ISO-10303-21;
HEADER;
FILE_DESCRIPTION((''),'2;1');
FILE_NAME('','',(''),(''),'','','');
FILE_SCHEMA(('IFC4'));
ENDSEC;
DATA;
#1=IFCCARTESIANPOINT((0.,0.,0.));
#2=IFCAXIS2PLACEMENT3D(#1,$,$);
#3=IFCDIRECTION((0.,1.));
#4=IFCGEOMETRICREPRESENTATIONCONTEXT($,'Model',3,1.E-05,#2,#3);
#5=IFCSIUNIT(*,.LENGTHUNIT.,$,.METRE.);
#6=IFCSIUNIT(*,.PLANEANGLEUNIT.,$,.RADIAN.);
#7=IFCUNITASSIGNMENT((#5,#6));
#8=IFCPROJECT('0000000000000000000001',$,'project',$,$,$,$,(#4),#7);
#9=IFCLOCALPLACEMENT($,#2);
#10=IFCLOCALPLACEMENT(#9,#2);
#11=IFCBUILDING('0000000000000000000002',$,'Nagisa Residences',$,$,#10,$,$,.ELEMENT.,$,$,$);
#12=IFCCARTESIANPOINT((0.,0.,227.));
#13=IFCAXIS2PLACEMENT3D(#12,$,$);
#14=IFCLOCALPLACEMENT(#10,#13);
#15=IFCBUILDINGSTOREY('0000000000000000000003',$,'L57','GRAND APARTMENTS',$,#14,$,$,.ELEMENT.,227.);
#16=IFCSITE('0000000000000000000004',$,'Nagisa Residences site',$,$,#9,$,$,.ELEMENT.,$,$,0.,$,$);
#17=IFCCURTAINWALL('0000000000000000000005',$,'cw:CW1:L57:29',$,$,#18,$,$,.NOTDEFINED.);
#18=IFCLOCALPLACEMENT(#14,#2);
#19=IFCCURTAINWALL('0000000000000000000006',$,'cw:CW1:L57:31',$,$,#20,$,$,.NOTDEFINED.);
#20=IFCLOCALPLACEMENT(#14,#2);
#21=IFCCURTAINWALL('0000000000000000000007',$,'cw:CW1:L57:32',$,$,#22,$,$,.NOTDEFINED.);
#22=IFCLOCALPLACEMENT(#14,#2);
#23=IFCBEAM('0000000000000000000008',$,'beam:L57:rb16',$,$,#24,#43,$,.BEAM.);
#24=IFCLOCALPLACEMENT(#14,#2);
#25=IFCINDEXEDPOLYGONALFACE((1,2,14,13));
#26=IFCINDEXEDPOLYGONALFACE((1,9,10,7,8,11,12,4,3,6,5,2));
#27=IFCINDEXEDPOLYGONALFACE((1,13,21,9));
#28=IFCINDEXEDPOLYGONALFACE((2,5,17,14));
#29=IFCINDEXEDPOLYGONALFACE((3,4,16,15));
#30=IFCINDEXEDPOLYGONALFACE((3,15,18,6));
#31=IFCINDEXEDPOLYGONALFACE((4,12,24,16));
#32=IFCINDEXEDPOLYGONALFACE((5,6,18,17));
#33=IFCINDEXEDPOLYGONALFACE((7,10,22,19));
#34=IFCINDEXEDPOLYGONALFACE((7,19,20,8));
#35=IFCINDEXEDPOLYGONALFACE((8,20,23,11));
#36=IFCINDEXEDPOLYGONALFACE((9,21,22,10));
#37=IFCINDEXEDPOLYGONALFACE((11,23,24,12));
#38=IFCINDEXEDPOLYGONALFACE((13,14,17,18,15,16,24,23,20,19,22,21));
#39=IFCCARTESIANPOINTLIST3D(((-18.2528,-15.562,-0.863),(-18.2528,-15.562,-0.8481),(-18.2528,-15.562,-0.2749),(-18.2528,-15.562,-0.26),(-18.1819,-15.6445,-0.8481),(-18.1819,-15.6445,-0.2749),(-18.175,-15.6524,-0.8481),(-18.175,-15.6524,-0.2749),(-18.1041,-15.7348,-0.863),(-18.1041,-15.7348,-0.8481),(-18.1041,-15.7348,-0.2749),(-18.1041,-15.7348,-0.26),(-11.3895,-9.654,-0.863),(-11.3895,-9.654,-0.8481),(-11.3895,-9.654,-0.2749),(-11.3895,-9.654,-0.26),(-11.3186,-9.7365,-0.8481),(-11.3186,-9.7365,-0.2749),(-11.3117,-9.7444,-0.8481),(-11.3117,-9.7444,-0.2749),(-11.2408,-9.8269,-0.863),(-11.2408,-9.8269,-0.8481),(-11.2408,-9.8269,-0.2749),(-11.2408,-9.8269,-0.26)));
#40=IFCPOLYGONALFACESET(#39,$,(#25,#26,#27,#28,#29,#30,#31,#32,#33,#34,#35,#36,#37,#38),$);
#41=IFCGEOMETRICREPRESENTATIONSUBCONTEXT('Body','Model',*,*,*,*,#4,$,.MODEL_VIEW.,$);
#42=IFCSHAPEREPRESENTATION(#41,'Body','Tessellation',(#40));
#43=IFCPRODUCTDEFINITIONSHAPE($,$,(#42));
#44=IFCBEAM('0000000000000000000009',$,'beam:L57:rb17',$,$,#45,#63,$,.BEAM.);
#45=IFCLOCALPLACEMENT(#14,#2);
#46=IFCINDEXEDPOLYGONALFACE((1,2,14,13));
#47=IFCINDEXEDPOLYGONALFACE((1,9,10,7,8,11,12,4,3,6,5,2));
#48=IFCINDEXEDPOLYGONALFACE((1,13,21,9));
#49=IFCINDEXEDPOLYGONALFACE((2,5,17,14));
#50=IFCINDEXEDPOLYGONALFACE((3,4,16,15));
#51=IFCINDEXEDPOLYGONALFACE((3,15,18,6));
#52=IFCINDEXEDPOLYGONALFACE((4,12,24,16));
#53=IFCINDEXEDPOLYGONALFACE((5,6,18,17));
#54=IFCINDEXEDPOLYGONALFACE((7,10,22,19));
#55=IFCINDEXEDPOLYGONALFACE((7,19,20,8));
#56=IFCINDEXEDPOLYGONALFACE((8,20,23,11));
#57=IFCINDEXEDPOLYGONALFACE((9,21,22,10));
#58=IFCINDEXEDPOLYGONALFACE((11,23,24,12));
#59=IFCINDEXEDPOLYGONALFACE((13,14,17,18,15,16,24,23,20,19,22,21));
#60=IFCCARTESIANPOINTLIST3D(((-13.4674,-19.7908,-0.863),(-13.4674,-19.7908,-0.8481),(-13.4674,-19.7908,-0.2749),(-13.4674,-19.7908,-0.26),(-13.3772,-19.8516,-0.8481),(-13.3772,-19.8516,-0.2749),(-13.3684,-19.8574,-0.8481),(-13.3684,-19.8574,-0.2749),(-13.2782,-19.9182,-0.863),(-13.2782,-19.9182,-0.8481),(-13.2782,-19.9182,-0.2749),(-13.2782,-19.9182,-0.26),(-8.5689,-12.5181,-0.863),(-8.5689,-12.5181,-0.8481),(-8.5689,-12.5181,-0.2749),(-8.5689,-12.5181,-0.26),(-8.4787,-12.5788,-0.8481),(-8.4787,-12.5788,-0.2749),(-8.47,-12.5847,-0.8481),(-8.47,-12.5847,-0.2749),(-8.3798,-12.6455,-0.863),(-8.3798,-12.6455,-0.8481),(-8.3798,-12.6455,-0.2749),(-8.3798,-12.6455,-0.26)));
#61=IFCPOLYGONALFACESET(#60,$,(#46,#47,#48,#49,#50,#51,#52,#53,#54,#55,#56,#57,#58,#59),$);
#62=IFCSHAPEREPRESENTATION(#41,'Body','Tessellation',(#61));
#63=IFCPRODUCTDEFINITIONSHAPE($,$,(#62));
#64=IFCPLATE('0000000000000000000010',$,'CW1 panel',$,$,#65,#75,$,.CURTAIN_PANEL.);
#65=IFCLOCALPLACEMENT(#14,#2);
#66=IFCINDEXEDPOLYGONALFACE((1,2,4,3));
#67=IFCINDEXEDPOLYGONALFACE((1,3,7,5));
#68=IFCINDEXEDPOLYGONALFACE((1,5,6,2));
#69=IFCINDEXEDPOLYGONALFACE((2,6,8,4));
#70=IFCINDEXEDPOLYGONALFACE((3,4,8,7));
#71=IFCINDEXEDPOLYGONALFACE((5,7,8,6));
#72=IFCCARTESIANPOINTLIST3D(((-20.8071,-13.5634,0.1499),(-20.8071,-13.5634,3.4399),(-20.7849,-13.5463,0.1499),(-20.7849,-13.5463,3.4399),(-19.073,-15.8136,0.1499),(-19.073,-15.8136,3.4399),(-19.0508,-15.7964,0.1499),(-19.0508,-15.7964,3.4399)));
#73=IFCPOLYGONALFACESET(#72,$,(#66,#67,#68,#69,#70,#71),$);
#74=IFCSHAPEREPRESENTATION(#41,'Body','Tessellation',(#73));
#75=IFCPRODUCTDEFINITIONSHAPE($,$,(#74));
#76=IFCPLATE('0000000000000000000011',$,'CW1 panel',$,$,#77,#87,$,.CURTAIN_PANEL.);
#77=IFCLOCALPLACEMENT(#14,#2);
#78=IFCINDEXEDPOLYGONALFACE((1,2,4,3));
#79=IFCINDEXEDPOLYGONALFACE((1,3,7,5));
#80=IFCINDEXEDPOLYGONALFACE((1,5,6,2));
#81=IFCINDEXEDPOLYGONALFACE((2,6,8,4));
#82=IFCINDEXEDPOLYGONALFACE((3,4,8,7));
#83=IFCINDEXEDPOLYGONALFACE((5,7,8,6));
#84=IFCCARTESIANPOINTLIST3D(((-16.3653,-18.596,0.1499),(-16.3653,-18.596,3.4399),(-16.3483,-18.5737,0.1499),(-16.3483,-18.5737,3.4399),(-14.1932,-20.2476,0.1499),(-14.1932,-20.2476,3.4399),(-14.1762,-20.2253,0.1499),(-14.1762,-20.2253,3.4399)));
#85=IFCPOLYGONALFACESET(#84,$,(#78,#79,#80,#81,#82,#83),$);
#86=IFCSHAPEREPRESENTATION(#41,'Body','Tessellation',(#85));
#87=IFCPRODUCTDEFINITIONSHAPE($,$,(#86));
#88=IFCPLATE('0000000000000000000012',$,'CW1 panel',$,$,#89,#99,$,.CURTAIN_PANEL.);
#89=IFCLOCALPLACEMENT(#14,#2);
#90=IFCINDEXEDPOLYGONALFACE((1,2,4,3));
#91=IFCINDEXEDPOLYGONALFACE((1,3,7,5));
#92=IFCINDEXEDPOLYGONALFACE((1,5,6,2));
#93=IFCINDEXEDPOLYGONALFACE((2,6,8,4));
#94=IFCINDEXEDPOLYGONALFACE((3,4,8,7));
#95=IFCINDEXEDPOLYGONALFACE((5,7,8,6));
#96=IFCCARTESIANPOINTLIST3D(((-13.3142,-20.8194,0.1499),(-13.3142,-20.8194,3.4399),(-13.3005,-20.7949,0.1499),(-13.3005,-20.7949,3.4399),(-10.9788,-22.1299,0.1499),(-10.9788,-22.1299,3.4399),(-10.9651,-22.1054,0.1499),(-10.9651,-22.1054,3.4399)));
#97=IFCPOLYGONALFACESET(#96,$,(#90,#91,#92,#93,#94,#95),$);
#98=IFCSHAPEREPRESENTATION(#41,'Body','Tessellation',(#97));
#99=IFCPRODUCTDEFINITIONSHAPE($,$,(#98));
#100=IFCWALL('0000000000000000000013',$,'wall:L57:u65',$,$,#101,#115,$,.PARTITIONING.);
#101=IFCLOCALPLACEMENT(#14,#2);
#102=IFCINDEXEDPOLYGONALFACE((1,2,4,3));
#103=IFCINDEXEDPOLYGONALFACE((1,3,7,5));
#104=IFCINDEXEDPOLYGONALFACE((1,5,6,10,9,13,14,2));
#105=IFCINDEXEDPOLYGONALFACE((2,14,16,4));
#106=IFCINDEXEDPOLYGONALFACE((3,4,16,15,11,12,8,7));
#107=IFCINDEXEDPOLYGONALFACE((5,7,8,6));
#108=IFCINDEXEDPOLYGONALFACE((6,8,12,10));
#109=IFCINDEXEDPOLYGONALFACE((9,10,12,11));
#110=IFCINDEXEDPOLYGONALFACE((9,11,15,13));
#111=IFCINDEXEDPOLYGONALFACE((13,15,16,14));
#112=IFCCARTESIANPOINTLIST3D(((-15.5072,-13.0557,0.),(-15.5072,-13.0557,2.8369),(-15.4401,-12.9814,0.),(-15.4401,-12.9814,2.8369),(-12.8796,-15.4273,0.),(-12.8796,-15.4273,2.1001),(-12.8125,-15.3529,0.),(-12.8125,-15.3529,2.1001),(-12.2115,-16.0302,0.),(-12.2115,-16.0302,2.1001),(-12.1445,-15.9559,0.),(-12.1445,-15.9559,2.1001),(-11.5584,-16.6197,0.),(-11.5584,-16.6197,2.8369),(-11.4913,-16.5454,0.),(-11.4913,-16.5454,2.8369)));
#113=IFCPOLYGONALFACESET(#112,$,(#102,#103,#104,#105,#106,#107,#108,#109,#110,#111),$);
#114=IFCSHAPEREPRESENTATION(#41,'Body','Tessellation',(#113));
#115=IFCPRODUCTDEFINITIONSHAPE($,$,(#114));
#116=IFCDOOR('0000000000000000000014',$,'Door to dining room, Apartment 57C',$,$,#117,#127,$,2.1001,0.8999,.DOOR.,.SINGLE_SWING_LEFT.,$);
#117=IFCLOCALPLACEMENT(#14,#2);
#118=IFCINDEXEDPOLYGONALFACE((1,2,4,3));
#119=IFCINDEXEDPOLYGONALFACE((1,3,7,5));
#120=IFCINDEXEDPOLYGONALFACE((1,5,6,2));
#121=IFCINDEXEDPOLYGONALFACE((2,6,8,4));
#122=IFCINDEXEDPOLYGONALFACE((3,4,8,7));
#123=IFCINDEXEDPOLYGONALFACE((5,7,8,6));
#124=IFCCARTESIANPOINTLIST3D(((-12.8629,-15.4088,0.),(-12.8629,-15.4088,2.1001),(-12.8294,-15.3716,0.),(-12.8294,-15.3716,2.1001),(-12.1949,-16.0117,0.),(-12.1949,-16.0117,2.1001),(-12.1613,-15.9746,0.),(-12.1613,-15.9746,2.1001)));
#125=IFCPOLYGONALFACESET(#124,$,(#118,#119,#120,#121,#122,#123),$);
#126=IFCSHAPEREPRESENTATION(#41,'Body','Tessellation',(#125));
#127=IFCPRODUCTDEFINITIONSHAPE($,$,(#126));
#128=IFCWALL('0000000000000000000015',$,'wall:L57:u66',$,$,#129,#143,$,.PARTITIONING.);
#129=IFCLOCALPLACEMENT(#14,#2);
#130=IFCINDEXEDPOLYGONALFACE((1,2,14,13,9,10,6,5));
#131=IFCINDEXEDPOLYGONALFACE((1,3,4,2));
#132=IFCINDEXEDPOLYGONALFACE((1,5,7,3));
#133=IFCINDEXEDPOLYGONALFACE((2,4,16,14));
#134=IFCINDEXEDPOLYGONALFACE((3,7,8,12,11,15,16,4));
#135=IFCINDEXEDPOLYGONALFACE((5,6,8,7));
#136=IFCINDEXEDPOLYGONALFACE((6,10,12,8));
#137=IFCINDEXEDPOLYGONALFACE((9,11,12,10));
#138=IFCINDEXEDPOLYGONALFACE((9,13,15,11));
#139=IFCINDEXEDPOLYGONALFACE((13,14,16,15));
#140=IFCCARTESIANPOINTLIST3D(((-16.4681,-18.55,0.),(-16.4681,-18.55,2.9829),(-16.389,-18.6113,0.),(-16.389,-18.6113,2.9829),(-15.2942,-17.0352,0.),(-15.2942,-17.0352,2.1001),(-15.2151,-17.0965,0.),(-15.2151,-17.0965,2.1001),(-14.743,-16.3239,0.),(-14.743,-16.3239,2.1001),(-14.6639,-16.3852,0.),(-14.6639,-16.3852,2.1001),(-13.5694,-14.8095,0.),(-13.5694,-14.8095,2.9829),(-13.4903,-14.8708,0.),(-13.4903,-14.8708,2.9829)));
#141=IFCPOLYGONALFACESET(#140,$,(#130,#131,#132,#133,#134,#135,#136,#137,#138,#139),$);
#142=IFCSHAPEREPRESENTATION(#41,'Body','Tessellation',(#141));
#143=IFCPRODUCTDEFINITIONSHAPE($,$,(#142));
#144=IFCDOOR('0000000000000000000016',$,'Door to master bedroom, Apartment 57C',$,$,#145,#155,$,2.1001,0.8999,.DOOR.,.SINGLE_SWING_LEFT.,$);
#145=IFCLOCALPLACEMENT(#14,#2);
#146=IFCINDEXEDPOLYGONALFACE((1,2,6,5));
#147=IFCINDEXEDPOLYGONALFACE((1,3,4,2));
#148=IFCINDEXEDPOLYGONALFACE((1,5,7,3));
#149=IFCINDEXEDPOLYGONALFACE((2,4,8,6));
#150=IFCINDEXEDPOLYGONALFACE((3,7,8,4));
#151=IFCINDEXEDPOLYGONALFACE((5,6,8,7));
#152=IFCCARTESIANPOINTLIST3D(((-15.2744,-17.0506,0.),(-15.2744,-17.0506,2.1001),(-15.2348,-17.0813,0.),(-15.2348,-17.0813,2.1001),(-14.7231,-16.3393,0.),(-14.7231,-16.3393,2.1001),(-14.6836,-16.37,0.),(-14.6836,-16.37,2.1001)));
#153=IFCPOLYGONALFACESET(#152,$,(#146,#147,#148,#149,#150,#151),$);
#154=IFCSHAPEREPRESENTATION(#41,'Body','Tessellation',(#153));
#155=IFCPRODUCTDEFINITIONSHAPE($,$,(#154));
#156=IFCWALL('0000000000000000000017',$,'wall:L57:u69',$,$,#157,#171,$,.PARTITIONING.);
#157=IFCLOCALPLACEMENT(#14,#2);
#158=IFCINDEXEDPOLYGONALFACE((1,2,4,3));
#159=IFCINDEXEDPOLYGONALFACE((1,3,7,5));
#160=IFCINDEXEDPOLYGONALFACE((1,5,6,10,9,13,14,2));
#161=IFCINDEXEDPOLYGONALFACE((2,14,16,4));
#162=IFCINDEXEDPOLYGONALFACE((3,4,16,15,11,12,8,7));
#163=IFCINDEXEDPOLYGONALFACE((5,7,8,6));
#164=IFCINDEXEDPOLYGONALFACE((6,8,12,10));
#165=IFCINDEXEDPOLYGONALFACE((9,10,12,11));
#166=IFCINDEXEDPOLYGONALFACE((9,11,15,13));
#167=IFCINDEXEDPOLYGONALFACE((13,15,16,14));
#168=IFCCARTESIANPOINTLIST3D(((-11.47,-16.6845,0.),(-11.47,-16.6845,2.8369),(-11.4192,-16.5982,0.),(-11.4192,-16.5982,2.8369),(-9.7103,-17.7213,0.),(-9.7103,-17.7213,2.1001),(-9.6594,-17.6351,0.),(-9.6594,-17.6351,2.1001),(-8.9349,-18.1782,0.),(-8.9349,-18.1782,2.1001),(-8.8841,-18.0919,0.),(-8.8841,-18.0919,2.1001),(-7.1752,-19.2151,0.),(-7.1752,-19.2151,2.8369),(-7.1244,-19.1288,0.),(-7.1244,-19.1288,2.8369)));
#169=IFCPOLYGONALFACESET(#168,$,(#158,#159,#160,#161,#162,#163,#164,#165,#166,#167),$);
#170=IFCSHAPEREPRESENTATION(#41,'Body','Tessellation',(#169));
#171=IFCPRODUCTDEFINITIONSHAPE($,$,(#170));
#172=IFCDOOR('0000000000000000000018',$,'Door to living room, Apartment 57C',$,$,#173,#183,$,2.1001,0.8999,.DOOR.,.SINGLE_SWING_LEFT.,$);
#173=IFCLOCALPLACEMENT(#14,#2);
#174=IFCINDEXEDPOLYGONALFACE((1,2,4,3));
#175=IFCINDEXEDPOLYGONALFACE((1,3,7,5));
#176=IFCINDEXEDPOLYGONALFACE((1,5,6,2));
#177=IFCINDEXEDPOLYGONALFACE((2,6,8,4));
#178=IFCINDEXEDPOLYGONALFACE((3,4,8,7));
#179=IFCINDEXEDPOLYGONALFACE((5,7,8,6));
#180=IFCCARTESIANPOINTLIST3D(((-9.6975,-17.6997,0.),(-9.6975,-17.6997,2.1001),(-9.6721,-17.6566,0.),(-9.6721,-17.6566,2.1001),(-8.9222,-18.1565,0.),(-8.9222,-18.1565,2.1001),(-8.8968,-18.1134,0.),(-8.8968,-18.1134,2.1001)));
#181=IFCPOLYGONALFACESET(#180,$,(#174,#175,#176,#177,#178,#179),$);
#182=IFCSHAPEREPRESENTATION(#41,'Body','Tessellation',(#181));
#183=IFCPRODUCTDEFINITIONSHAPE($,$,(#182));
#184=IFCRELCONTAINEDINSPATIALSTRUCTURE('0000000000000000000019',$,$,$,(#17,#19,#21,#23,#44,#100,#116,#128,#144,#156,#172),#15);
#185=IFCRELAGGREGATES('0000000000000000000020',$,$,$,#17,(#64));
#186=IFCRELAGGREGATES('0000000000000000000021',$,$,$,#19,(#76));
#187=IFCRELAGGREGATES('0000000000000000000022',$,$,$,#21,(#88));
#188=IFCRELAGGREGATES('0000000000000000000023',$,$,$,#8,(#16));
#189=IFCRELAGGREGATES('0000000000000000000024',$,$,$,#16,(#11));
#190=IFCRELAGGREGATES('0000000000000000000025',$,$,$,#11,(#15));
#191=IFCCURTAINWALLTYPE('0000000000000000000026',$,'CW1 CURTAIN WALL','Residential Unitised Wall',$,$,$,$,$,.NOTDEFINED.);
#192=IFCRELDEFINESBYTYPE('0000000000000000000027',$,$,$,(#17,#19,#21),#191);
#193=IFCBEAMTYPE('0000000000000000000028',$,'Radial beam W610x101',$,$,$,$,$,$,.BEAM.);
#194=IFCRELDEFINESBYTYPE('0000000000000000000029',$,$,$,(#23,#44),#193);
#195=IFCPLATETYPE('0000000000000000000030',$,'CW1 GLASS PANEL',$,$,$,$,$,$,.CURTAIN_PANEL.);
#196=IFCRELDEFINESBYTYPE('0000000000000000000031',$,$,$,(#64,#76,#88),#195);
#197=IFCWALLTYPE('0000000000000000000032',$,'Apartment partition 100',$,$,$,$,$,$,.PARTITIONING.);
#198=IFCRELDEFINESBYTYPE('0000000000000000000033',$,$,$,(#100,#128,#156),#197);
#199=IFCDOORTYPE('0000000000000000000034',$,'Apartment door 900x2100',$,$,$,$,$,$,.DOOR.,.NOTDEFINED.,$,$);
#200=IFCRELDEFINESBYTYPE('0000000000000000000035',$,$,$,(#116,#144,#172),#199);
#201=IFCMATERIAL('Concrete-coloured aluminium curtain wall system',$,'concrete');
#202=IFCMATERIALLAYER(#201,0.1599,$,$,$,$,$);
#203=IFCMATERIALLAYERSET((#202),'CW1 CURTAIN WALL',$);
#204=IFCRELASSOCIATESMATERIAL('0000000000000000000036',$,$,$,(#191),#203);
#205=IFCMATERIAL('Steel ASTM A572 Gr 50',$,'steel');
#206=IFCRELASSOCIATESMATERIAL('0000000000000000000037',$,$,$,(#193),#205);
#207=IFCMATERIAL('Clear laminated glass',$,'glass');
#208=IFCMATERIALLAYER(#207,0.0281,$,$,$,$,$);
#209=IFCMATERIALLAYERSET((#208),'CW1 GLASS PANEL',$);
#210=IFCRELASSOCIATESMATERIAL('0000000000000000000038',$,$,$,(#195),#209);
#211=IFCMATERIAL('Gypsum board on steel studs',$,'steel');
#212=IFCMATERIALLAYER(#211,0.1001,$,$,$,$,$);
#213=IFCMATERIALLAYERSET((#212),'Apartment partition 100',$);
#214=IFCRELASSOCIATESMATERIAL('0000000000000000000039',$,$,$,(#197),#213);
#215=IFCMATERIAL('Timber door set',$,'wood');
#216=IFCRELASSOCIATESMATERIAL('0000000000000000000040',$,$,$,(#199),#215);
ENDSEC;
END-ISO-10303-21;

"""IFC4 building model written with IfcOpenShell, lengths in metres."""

from ifc_helpers import new_model, si_unit, direction, frame, frame_2d, origin, origin_2d, place, context, subcontext, project, spatial, rectangle, i_section, extrude, material, layer, layer_set, material_profile, profile_set, type_object, element, fill, aggregate, save


model = new_model("IFC4")

# Units and contexts
model_context = context("Model", 3, precision=1e-05, world=origin(), true_north=direction((0.0, 1.0)))
body_context = subcontext(model_context, "Body", "Model", "MODEL_VIEW")
ifc_project = project(units=[si_unit("LENGTHUNIT", "METRE"), si_unit("PLANEANGLEUNIT", "RADIAN")], contexts=[model_context])

# Site, building, storey
site_placement = place(None, origin())
site = spatial("IfcSite", under=ifc_project, at=site_placement, Name="Nagisa Residences site", CompositionType="ELEMENT", RefElevation=0.0)
building_placement = place(site_placement, origin())
building = spatial("IfcBuilding", under=site, at=building_placement, Name="Nagisa Residences", CompositionType="ELEMENT")
storey_placement = place(building_placement, frame((0.0, 0.0, 227.0)))
storey = spatial("IfcBuildingStorey", under=building, at=storey_placement, Name="L57", Description="GRAND APARTMENTS", CompositionType="ELEMENT", Elevation=227.0)

# Curtain walls
ifc_material_1 = material(Name="Concrete-coloured aluminium curtain wall system", Category="concrete")
ifc_layer_1 = layer(ifc_material_1, 0.1599)
ifc_layer_set_1 = layer_set([ifc_layer_1], Name="CW1 CURTAIN WALL")
curtain_wall_type = type_object("IfcCurtainWallType", Name="CW1 CURTAIN WALL", Description="Residential Unitised Wall", PredefinedType="NOTDEFINED", material=ifc_layer_set_1)
curtain_wall_1_placement = place(storey_placement, origin())
curtain_wall_1 = element("IfcCurtainWall", 1, at=curtain_wall_1_placement, inside=storey, type_object=curtain_wall_type, Name="cw:CW1:L57:29", PredefinedType="NOTDEFINED")
curtain_wall_2_placement = place(storey_placement, origin())
curtain_wall_2 = element("IfcCurtainWall", 2, at=curtain_wall_2_placement, inside=storey, type_object=curtain_wall_type, Name="cw:CW1:L57:31", PredefinedType="NOTDEFINED")
curtain_wall_3_placement = place(storey_placement, origin())
curtain_wall_3 = element("IfcCurtainWall", 3, at=curtain_wall_3_placement, inside=storey, type_object=curtain_wall_type, Name="cw:CW1:L57:32", PredefinedType="NOTDEFINED")

# Beams
ifc_material_2 = material(Name="Steel ASTM A572 Gr 50", Category="steel")
ifc_material_profile_1 = material_profile(ifc_material_2, i_section(OverallWidth=0.228, OverallDepth=0.603, WebThickness=0.0105, FlangeThickness=0.0149, at=origin_2d()), Name="W610x101")
ifc_profile_set_1 = profile_set([ifc_material_profile_1], Name="Steel ASTM A572 Gr 50")
beam_type_1 = type_object("IfcBeamType", Name="Radial beam W610x101", PredefinedType="BEAM", material=ifc_profile_set_1)
beam_1_placement = place(storey_placement, frame((-18.1785, -15.6484, -0.5615), z_axis=(0.757883, 0.652391, 0.0), x_axis=(-0.652391, 0.757883, 0.0)))
element("IfcBeam", 4, at=beam_1_placement, inside=storey, type_object=beam_type_1, Name="beam:L57:rb16", PredefinedType="BEAM", context=body_context, shape_type="SweptSolid", body=[
    extrude(i_section(OverallWidth=0.228, OverallDepth=0.603, WebThickness=0.0105, FlangeThickness=0.0149, at=origin_2d()), origin(), (0.0, 0.0, 1.0), 9.0559),
])
beam_2_placement = place(storey_placement, frame((-13.3728, -19.8545, -0.5615), z_axis=(0.558639, 0.829411, 0.0), x_axis=(-0.829411, 0.558639, 0.0)))
element("IfcBeam", 5, at=beam_2_placement, inside=storey, type_object=beam_type_1, Name="beam:L57:rb17", PredefinedType="BEAM", context=body_context, shape_type="SweptSolid", body=[
    extrude(i_section(OverallWidth=0.228, OverallDepth=0.603, WebThickness=0.0105, FlangeThickness=0.0149, at=origin_2d()), origin(), (0.0, 0.0, 1.0), 8.7686),
])

# Plates
ifc_material_3 = material(Name="Clear laminated glass", Category="glass")
ifc_layer_2 = layer(ifc_material_3, 0.0281)
ifc_layer_set_2 = layer_set([ifc_layer_2], Name="CW1 GLASS PANEL")
plate_type = type_object("IfcPlateType", Name="CW1 GLASS PANEL", PredefinedType="CURTAIN_PANEL", material=ifc_layer_set_2)
plate_1_placement = place(storey_placement, frame((-19.929, -14.6799, 0.1499), z_axis=(0.0, 0.0, 1.0), x_axis=(0.61043, -0.79207, 0.0)))
plate_1 = element("IfcPlate", 6, at=plate_1_placement, type_object=plate_type, Name="CW1 panel", PredefinedType="CURTAIN_PANEL", context=body_context, shape_type="SweptSolid", body=[
    extrude(rectangle(XDim=2.8408, YDim=0.0281, at=origin_2d()), origin(), (0.0, 0.0, 1.0), 3.29),
])
aggregate(curtain_wall_1, [plate_1])
plate_2_placement = place(storey_placement, frame((-15.2708, -19.4106, 0.1499), z_axis=(0.0, 0.0, 1.0), x_axis=(0.796031, -0.605255, 0.0)))
plate_2 = element("IfcPlate", 7, at=plate_2_placement, type_object=plate_type, Name="CW1 panel", PredefinedType="CURTAIN_PANEL", context=body_context, shape_type="SweptSolid", body=[
    extrude(rectangle(XDim=2.7288, YDim=0.0281, at=origin_2d()), origin(), (0.0, 0.0, 1.0), 3.29),
])
aggregate(curtain_wall_2, [plate_2])
plate_3_placement = place(storey_placement, frame((-12.1396, -21.4624, 0.1499), z_axis=(0.0, 0.0, 1.0), x_axis=(0.872072, -0.489377, 0.0)))
plate_3 = element("IfcPlate", 8, at=plate_3_placement, type_object=plate_type, Name="CW1 panel", PredefinedType="CURTAIN_PANEL", context=body_context, shape_type="SweptSolid", body=[
    extrude(rectangle(XDim=2.678, YDim=0.0281, at=origin_2d()), origin(), (0.0, 0.0, 1.0), 3.29),
])
aggregate(curtain_wall_3, [plate_3])

# Walls, openings, doors
ifc_material_4 = material(Name="Gypsum board on steel studs", Category="steel")
ifc_layer_3 = layer(ifc_material_4, 0.1001)
ifc_layer_set_3 = layer_set([ifc_layer_3], Name="Apartment partition 100")
wall_type_1 = type_object("IfcWallType", Name="Apartment partition 100", PredefinedType="PARTITIONING", material=ifc_layer_set_3)
wall_1_placement = place(storey_placement, frame((-15.4736, -13.0186, 0.0), z_axis=(0.0, 0.0, 1.0), x_axis=(0.742349, -0.670014, 0.0)))
wall_1 = element("IfcWall", 9, at=wall_1_placement, inside=storey, type_object=wall_type_1, Name="wall:L57:u65", PredefinedType="PARTITIONING", context=body_context, shape_type="SweptSolid", body=[
    extrude(rectangle(XDim=5.3193, YDim=0.1001, at=frame_2d((2.6597, 0.0))), origin(), (0.0, 0.0, 1.0), 2.8369),
])
opening_1_placement = place(wall_1_placement, frame((3.5396, 0.0, 0.0)))
opening_1 = element("IfcOpeningElement", 10, at=opening_1_placement, cuts=wall_1, PredefinedType="OPENING", context=body_context, shape_type="SweptSolid", body=[
    extrude(rectangle(XDim=0.8999, YDim=2.1001, at=frame_2d((0.45, 1.05))), frame((0.0, 0.0601, 0.0), z_axis=(0.0, -1.0, 0.0), x_axis=(1.0, 0.0, 0.0)), (0.0, 0.0, 1.0), 0.1201),
])
ifc_material_5 = material(Name="Timber door set", Category="wood")
door_type_1 = type_object("IfcDoorType", Name="Apartment door 900x2100", OperationType="NOTDEFINED", PredefinedType="DOOR", material=ifc_material_5)
door_1_placement = place(opening_1_placement, origin())
door_1 = element("IfcDoor", 11, at=door_1_placement, inside=storey, type_object=door_type_1, Name="Door to dining room, Apartment 57C", OperationType="SINGLE_SWING_LEFT", OverallHeight=2.1001, OverallWidth=0.8999, PredefinedType="DOOR", context=body_context, shape_type="SweptSolid", body=[
    extrude(rectangle(XDim=0.8999, YDim=2.1001, at=frame_2d((0.45, 1.05))), frame((0.0, 0.0249, 0.0), z_axis=(0.0, -1.0, 0.0), x_axis=(1.0, 0.0, 0.0)), (0.0, 0.0, 1.0), 0.05),
])
fill(opening_1, door_1)
wall_2_placement = place(storey_placement, frame((-13.5298, -14.8401, 0.0), z_axis=(0.0, 0.0, 1.0), x_axis=(-0.612547, -0.790434, 0.0)))
wall_2 = element("IfcWall", 12, at=wall_2_placement, inside=storey, type_object=wall_type_1, Name="wall:L57:u66", PredefinedType="PARTITIONING", context=body_context, shape_type="SweptSolid", body=[
    extrude(rectangle(XDim=4.7322, YDim=0.1001, at=frame_2d((2.3662, 0.0))), origin(), (0.0, 0.0, 1.0), 2.9829),
])
opening_2_placement = place(wall_2_placement, frame((1.916, 0.0, 0.0)))
opening_2 = element("IfcOpeningElement", 13, at=opening_2_placement, cuts=wall_2, PredefinedType="OPENING", context=body_context, shape_type="SweptSolid", body=[
    extrude(rectangle(XDim=0.8999, YDim=2.1001, at=frame_2d((0.45, 1.05))), frame((0.0, 0.0601, 0.0), z_axis=(0.0, -1.0, 0.0), x_axis=(1.0, 0.0, 0.0)), (0.0, 0.0, 1.0), 0.1201),
])
door_2_placement = place(opening_2_placement, frame((0.8999, 0.0, 0.0), x_axis=(-1.0, 0.0, 0.0)))
door_2 = element("IfcDoor", 14, at=door_2_placement, inside=storey, type_object=door_type_1, Name="Door to master bedroom, Apartment 57C", OperationType="SINGLE_SWING_LEFT", OverallHeight=2.1001, OverallWidth=0.8999, PredefinedType="DOOR", context=body_context, shape_type="SweptSolid", body=[
    extrude(rectangle(XDim=0.8999, YDim=2.1001, at=frame_2d((0.45, 1.05))), frame((0.0, 0.0249, 0.0), z_axis=(0.0, -1.0, 0.0), x_axis=(1.0, 0.0, 0.0)), (0.0, 0.0, 1.0), 0.05),
])
fill(opening_2, door_2)
wall_3_placement = place(storey_placement, frame((-11.4446, -16.6414, 0.0), z_axis=(0.0, 0.0, 1.0), x_axis=(0.861563, -0.507651, 0.0)))
wall_3 = element("IfcWall", 15, at=wall_3_placement, inside=storey, type_object=wall_type_1, Name="wall:L57:u69", PredefinedType="PARTITIONING", context=body_context, shape_type="SweptSolid", body=[
    extrude(rectangle(XDim=4.9849, YDim=0.1001, at=frame_2d((2.4924, 0.0))), origin(), (0.0, 0.0, 1.0), 2.8369),
])
opening_3_placement = place(wall_3_placement, frame((2.0425, 0.0, 0.0)))
opening_3 = element("IfcOpeningElement", 16, at=opening_3_placement, cuts=wall_3, PredefinedType="OPENING", context=body_context, shape_type="SweptSolid", body=[
    extrude(rectangle(XDim=0.8999, YDim=2.1001, at=frame_2d((0.45, 1.05))), frame((0.0, 0.0601, 0.0), z_axis=(0.0, -1.0, 0.0), x_axis=(1.0, 0.0, 0.0)), (0.0, 0.0, 1.0), 0.1201),
])
door_3_placement = place(opening_3_placement, frame((0.8999, 0.0, 0.0), x_axis=(-1.0, 0.0, 0.0)))
door_3 = element("IfcDoor", 17, at=door_3_placement, inside=storey, type_object=door_type_1, Name="Door to living room, Apartment 57C", OperationType="SINGLE_SWING_LEFT", OverallHeight=2.1001, OverallWidth=0.8999, PredefinedType="DOOR", context=body_context, shape_type="SweptSolid", body=[
    extrude(rectangle(XDim=0.8999, YDim=2.1001, at=frame_2d((0.45, 1.05))), frame((0.0, 0.0249, 0.0), z_axis=(0.0, -1.0, 0.0), x_axis=(1.0, 0.0, 0.0)), (0.0, 0.0, 1.0), 0.05),
])
fill(opening_3, door_3)

save(model, "model.ifc")
